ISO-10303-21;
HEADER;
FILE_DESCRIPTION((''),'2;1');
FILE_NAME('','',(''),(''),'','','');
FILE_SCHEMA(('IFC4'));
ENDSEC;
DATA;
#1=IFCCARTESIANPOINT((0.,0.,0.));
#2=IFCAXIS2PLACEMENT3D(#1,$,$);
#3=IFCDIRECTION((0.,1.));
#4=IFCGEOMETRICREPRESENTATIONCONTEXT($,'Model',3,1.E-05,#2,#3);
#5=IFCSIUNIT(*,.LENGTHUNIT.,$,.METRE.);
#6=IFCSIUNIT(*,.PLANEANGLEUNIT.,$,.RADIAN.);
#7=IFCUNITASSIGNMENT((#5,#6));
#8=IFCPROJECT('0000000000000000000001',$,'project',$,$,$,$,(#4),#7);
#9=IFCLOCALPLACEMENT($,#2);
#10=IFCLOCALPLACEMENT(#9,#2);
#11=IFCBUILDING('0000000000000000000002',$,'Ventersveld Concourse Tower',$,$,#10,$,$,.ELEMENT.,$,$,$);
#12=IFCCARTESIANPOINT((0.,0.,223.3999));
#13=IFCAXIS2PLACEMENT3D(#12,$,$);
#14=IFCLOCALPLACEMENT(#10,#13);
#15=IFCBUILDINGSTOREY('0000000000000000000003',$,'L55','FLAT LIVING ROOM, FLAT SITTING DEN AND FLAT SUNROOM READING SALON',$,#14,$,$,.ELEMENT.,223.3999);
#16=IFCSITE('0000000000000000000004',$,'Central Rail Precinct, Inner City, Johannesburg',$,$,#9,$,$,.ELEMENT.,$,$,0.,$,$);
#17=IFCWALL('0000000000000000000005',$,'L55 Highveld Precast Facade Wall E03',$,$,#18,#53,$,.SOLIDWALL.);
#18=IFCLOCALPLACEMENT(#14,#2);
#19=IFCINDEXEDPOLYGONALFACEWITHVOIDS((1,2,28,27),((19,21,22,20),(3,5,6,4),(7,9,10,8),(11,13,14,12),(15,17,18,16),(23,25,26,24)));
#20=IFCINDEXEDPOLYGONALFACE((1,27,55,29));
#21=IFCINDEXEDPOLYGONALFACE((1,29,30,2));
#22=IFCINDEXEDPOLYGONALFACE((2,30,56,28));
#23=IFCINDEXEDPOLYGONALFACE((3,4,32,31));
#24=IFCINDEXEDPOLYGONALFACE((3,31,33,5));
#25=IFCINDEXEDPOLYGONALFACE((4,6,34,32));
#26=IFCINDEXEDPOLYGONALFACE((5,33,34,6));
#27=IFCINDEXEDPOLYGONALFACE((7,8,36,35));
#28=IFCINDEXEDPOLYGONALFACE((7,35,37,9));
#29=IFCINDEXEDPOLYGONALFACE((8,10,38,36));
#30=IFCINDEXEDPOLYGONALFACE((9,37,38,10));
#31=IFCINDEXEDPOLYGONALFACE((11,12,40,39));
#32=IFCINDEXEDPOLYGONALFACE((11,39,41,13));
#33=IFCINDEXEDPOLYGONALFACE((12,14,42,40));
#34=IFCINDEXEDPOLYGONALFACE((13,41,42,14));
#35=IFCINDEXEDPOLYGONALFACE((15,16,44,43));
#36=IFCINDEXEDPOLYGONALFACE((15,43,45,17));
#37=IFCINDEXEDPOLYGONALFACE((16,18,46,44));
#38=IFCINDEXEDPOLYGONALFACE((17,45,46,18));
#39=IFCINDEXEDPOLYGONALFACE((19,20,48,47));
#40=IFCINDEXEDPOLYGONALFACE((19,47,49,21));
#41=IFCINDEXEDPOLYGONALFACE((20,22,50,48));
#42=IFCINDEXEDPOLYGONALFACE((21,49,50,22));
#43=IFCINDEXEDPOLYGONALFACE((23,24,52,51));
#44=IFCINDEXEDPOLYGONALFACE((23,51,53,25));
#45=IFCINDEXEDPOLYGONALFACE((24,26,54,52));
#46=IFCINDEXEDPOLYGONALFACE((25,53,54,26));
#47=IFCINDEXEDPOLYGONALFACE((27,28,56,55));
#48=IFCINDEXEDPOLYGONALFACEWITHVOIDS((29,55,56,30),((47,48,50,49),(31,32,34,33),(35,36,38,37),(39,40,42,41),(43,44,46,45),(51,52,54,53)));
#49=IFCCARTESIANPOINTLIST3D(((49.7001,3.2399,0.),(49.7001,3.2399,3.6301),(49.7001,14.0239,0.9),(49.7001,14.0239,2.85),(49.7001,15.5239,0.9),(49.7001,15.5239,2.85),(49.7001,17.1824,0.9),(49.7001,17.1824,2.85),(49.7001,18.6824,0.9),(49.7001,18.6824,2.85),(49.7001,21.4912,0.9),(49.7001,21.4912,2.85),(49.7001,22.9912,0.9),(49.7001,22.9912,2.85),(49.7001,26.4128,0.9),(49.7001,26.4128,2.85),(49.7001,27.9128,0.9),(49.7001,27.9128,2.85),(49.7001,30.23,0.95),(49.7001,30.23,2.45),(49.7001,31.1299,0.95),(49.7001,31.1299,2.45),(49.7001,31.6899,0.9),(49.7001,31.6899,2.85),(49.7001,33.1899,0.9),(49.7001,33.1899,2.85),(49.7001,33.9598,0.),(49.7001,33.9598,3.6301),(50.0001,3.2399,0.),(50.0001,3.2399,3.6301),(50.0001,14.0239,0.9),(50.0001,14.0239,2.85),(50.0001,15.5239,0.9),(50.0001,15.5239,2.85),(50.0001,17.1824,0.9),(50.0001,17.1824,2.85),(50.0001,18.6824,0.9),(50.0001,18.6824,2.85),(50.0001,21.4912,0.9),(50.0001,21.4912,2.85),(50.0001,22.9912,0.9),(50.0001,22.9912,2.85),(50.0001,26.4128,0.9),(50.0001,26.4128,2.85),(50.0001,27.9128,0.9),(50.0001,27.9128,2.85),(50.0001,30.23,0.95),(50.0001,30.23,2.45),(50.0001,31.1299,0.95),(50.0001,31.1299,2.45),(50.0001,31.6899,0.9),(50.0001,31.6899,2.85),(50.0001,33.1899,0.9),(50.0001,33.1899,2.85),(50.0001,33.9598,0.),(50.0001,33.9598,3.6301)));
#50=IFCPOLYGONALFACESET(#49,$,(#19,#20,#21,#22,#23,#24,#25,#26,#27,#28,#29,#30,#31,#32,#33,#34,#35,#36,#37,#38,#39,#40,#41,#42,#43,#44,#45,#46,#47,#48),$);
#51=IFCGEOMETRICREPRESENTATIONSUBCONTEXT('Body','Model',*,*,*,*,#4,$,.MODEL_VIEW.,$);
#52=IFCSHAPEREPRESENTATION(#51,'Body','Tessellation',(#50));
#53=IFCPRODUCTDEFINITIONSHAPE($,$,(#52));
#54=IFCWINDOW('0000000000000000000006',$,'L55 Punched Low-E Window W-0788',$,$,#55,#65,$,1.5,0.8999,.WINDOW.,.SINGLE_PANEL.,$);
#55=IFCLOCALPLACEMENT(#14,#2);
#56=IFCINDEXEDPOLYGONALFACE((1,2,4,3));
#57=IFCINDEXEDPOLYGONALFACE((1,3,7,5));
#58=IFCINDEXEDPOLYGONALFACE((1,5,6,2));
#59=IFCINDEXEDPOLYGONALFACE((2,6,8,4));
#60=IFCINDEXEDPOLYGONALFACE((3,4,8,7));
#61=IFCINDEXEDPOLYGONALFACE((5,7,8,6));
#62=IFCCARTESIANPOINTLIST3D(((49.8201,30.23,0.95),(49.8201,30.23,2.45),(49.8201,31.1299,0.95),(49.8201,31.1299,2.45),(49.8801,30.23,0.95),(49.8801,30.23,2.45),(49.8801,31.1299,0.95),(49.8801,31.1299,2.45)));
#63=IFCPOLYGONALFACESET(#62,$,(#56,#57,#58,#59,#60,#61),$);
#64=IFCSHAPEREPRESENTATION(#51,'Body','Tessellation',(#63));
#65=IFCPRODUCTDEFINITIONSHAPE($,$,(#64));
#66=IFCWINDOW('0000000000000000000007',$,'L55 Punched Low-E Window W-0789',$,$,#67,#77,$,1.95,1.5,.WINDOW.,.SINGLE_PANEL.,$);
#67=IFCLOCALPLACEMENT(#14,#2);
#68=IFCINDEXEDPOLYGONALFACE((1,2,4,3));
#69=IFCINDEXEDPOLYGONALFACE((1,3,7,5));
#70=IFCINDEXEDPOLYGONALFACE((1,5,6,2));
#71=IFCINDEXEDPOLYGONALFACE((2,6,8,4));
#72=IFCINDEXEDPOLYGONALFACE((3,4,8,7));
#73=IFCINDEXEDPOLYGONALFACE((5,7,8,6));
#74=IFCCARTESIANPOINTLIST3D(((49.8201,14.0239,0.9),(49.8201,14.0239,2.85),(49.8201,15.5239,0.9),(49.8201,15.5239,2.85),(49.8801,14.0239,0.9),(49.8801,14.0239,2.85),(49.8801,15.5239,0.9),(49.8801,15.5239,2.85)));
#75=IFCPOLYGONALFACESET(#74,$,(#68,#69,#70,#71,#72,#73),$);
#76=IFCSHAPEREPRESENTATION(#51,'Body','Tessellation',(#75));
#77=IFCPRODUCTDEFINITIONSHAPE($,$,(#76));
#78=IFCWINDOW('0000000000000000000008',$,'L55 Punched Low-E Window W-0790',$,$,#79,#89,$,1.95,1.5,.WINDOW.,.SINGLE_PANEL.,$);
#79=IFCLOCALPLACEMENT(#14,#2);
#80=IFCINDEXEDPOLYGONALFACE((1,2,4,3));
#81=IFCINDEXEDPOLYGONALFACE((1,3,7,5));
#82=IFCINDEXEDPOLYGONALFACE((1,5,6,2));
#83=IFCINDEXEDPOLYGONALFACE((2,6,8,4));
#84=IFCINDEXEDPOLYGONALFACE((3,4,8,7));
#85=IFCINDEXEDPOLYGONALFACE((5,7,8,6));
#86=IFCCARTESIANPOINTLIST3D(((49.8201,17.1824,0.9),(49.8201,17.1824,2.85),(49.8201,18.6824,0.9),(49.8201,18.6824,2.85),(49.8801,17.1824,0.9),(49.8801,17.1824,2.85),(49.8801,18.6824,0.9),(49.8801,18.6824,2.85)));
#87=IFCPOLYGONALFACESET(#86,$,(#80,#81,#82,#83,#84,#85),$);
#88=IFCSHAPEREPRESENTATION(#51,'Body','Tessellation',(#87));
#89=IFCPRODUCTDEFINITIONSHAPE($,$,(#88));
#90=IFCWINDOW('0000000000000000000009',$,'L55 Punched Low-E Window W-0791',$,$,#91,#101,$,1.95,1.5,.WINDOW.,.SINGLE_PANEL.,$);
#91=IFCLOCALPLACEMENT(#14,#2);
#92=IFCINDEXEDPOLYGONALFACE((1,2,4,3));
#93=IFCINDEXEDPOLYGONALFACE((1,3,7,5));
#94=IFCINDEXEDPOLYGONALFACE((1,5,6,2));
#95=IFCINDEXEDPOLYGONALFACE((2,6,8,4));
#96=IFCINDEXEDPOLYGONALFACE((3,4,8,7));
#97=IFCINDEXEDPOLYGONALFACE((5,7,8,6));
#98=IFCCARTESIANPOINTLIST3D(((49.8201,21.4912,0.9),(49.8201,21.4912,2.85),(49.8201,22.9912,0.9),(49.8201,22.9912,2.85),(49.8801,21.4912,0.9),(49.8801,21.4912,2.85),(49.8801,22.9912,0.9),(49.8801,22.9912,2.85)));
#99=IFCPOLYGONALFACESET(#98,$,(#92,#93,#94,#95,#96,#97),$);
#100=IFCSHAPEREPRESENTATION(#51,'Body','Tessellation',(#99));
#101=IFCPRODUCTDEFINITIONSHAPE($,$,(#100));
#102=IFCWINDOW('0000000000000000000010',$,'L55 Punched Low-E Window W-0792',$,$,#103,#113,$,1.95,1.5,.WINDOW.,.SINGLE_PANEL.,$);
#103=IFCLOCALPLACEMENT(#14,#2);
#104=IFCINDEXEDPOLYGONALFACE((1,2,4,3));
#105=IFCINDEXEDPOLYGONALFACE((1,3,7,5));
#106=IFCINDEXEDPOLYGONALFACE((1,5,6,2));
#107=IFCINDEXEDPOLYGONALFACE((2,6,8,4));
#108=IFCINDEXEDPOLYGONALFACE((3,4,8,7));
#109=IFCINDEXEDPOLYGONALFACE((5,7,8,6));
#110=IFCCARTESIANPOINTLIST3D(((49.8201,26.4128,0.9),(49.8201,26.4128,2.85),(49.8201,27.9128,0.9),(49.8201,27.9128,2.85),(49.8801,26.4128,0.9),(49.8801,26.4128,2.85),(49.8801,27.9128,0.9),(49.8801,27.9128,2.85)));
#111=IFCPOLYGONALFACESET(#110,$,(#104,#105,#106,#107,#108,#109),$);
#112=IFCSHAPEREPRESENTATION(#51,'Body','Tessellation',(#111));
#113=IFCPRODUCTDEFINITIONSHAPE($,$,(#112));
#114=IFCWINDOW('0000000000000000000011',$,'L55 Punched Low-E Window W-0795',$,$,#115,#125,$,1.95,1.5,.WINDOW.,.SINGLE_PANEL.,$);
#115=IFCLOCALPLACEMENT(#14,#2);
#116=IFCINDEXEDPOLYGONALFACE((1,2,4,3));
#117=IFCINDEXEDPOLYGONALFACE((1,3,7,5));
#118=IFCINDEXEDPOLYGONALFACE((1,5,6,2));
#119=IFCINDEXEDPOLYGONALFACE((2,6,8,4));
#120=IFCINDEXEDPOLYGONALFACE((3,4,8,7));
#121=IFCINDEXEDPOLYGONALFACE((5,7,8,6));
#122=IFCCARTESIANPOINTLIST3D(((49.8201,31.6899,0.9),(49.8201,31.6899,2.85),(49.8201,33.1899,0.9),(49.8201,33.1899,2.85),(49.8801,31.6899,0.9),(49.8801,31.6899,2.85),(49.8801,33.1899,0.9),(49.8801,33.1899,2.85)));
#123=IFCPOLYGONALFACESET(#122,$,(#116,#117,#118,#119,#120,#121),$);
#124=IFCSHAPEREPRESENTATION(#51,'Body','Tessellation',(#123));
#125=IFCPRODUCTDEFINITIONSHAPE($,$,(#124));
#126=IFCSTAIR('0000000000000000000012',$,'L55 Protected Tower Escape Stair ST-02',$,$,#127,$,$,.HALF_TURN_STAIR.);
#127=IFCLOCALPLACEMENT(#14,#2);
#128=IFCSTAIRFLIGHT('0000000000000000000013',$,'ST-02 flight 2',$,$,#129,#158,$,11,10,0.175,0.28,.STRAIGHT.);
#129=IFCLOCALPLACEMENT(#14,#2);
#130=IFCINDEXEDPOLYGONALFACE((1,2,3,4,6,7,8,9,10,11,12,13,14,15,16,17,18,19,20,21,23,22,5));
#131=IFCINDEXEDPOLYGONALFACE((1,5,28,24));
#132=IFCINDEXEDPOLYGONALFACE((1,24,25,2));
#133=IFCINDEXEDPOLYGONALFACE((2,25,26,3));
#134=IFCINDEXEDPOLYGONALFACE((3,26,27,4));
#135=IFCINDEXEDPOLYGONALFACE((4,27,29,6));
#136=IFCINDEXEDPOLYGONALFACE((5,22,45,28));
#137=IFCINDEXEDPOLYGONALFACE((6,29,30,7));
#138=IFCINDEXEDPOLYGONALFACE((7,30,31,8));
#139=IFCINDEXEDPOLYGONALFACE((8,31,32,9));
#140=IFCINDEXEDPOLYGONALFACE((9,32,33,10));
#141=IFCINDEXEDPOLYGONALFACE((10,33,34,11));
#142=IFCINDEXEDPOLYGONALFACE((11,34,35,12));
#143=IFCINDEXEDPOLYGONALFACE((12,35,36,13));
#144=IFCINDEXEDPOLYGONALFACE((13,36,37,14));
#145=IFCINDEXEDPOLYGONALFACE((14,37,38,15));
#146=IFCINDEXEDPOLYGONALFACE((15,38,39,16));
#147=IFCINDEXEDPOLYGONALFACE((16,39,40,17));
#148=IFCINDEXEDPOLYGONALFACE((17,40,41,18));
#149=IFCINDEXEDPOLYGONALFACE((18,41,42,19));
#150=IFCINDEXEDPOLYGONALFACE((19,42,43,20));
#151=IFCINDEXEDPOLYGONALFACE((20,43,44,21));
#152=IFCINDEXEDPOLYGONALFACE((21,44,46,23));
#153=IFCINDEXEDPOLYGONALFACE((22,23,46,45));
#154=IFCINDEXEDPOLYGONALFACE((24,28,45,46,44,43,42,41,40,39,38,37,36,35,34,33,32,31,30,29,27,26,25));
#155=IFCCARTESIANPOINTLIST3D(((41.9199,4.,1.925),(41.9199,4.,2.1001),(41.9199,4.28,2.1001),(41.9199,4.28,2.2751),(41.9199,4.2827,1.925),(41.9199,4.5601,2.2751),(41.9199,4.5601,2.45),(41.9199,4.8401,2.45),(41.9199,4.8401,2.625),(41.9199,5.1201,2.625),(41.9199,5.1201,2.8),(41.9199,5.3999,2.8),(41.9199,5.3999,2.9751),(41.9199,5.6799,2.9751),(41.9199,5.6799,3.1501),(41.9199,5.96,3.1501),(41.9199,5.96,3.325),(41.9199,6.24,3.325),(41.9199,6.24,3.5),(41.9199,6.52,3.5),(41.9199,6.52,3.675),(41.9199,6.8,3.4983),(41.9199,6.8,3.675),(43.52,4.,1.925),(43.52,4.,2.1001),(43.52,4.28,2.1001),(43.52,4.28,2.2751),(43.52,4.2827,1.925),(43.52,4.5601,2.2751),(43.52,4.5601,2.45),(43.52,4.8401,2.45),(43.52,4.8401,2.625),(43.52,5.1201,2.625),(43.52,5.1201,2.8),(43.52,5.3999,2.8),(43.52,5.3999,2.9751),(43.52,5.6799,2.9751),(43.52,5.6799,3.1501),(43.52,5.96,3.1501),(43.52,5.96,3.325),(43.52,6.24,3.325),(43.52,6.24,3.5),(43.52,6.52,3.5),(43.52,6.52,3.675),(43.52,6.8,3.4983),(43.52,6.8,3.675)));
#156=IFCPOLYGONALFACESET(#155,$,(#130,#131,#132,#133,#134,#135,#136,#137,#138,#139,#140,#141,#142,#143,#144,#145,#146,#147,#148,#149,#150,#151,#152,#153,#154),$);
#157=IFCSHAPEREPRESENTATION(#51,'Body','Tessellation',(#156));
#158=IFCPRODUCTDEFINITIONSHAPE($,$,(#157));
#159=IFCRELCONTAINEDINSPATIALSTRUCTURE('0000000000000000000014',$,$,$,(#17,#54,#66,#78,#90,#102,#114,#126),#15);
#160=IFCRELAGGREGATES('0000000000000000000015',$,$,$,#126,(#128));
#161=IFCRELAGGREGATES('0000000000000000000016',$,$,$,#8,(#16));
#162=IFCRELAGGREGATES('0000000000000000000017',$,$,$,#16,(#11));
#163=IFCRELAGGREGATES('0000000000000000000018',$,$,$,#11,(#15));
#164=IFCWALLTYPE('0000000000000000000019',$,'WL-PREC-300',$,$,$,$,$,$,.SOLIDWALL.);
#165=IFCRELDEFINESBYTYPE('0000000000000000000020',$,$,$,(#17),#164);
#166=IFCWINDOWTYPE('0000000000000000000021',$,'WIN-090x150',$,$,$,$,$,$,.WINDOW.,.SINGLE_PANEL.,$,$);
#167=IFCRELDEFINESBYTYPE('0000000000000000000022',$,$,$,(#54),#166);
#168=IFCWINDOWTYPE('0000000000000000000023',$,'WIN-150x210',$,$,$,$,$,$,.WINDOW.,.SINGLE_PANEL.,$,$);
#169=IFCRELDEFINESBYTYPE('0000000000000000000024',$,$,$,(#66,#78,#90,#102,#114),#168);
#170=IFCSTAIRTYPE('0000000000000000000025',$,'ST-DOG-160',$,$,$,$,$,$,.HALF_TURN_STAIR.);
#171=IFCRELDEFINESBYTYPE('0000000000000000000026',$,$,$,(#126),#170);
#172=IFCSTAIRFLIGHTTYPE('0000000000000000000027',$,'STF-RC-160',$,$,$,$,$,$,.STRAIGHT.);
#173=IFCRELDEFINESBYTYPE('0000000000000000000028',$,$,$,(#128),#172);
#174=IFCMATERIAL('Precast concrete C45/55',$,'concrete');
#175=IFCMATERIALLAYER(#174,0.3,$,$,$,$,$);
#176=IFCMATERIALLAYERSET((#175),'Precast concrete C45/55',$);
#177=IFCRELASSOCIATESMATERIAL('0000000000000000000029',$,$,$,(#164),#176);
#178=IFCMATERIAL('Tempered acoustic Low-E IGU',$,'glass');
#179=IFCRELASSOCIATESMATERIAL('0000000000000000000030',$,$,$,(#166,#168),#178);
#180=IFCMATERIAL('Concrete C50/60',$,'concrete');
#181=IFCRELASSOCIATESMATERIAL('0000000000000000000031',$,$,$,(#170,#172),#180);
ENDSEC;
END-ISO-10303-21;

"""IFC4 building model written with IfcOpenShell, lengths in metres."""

from ifc_helpers import new_model, si_unit, direction, frame, frame_2d, origin, place, context, subcontext, project, spatial, polyline, rectangle, outline, extrude, material, layer, layer_set, type_object, element, fill, aggregate, save


model = new_model("IFC4")

# Units and contexts
model_context = context("Model", 3, precision=1e-05, world=origin(), true_north=direction((0.0, 1.0)))
body_context = subcontext(model_context, "Body", "Model", "MODEL_VIEW")
ifc_project = project(units=[si_unit("LENGTHUNIT", "METRE"), si_unit("PLANEANGLEUNIT", "RADIAN")], contexts=[model_context])

# Site, building, storey
site_placement = place(None, origin())
site = spatial("IfcSite", under=ifc_project, at=site_placement, Name="Central Rail Precinct, Inner City, Johannesburg", CompositionType="ELEMENT", RefElevation=0.0)
building_placement = place(site_placement, origin())
building = spatial("IfcBuilding", under=site, at=building_placement, Name="Ventersveld Concourse Tower", CompositionType="ELEMENT")
storey_placement = place(building_placement, frame((0.0, 0.0, 223.3999)))
storey = spatial("IfcBuildingStorey", under=building, at=storey_placement, Name="L55", Description="FLAT LIVING ROOM, FLAT SITTING DEN AND FLAT SUNROOM READING SALON", CompositionType="ELEMENT", Elevation=223.3999)

# Shared definitions
ifc_material_1 = material(Name="Concrete C50/60", Category="concrete")

# Shared definitions
ifc_material_2 = material(Name="Precast concrete C45/55", Category="concrete")
ifc_layer_1 = layer(ifc_material_2, 0.3)
ifc_layer_set_1 = layer_set([ifc_layer_1], Name="Precast concrete C45/55")
wall_type_1 = type_object("IfcWallType", Name="WL-PREC-300", PredefinedType="SOLIDWALL", material=ifc_layer_set_1)

# Wall, openings, windows
wall_1_placement = place(storey_placement, frame((49.8501, 3.24, 0.0), z_axis=(0.0, 0.0, 1.0), x_axis=(0.0, 1.0, 0.0)))
wall_1 = element("IfcWall", 1, at=wall_1_placement, inside=storey, type_object=wall_type_1, Name="L55 Highveld Precast Facade Wall E03", PredefinedType="SOLIDWALL", context=body_context, shape_type="SweptSolid", body=[
    extrude(rectangle(XDim=30.72, YDim=0.3, at=frame_2d((15.3599, 0.0))), origin(), (0.0, 0.0, 1.0), 3.6301),
])
opening_1_placement = place(wall_1_placement, frame((26.99, 0.0, 0.95)))
opening_1 = element("IfcOpeningElement", 2, at=opening_1_placement, cuts=wall_1, PredefinedType="OPENING", context=body_context, shape_type="SweptSolid", body=[
    extrude(rectangle(XDim=0.8999, YDim=1.5, at=frame_2d((0.45, 0.75))), frame((0.0, 0.1602, 0.0), z_axis=(0.0, -1.0, 0.0), x_axis=(1.0, 0.0, 0.0)), (0.0, 0.0, 1.0), 0.3201),
])
opening_2_placement = place(wall_1_placement, frame((10.7839, 0.0, 0.8999)))
opening_2 = element("IfcOpeningElement", 3, at=opening_2_placement, cuts=wall_1, PredefinedType="OPENING", context=body_context, shape_type="SweptSolid", body=[
    extrude(rectangle(XDim=1.5, YDim=1.95, at=frame_2d((0.75, 0.9751))), frame((0.0, 0.1602, 0.0), z_axis=(0.0, -1.0, 0.0), x_axis=(1.0, 0.0, 0.0)), (0.0, 0.0, 1.0), 0.3201),
])
opening_3_placement = place(wall_1_placement, frame((13.9424, 0.0, 0.8999)))
opening_3 = element("IfcOpeningElement", 4, at=opening_3_placement, cuts=wall_1, PredefinedType="OPENING", context=body_context, shape_type="SweptSolid", body=[
    extrude(rectangle(XDim=1.5, YDim=1.95, at=frame_2d((0.75, 0.9751))), frame((0.0, 0.1602, 0.0), z_axis=(0.0, -1.0, 0.0), x_axis=(1.0, 0.0, 0.0)), (0.0, 0.0, 1.0), 0.3201),
])
opening_4_placement = place(wall_1_placement, frame((18.2512, 0.0, 0.8999)))
opening_4 = element("IfcOpeningElement", 5, at=opening_4_placement, cuts=wall_1, PredefinedType="OPENING", context=body_context, shape_type="SweptSolid", body=[
    extrude(rectangle(XDim=1.5, YDim=1.95, at=frame_2d((0.75, 0.9751))), frame((0.0, 0.1602, 0.0), z_axis=(0.0, -1.0, 0.0), x_axis=(1.0, 0.0, 0.0)), (0.0, 0.0, 1.0), 0.3201),
])
opening_5_placement = place(wall_1_placement, frame((23.1729, 0.0, 0.8999)))
opening_5 = element("IfcOpeningElement", 6, at=opening_5_placement, cuts=wall_1, PredefinedType="OPENING", context=body_context, shape_type="SweptSolid", body=[
    extrude(rectangle(XDim=1.5, YDim=1.95, at=frame_2d((0.75, 0.9751))), frame((0.0, 0.1602, 0.0), z_axis=(0.0, -1.0, 0.0), x_axis=(1.0, 0.0, 0.0)), (0.0, 0.0, 1.0), 0.3201),
])
opening_6_placement = place(wall_1_placement, frame((28.45, 0.0, 0.8999)))
opening_6 = element("IfcOpeningElement", 7, at=opening_6_placement, cuts=wall_1, PredefinedType="OPENING", context=body_context, shape_type="SweptSolid", body=[
    extrude(rectangle(XDim=1.5, YDim=1.95, at=frame_2d((0.75, 0.9751))), frame((0.0, 0.1602, 0.0), z_axis=(0.0, -1.0, 0.0), x_axis=(1.0, 0.0, 0.0)), (0.0, 0.0, 1.0), 0.3201),
])
ifc_material_3 = material(Name="Tempered acoustic Low-E IGU", Category="glass")
window_type_1 = type_object("IfcWindowType", Name="WIN-090x150", PartitioningType="SINGLE_PANEL", PredefinedType="WINDOW", material=ifc_material_3)
window_1_placement = place(opening_1_placement, origin())
window_1 = element("IfcWindow", 8, at=window_1_placement, inside=storey, type_object=window_type_1, Name="L55 Punched Low-E Window W-0788", OverallHeight=1.5, OverallWidth=0.8999, PartitioningType="SINGLE_PANEL", PredefinedType="WINDOW", context=body_context, shape_type="SweptSolid", body=[
    extrude(rectangle(XDim=0.8999, YDim=1.5, at=frame_2d((0.45, 0.75))), frame((0.0, 0.03, 0.0), z_axis=(0.0, -1.0, 0.0), x_axis=(1.0, 0.0, 0.0)), (0.0, 0.0, 1.0), 0.0601),
])
fill(opening_1, window_1)
window_type_2 = type_object("IfcWindowType", Name="WIN-150x210", PartitioningType="SINGLE_PANEL", PredefinedType="WINDOW", material=ifc_material_3)
window_2_placement = place(opening_2_placement, origin())
window_2 = element("IfcWindow", 9, at=window_2_placement, inside=storey, type_object=window_type_2, Name="L55 Punched Low-E Window W-0789", OverallHeight=1.95, OverallWidth=1.5, PartitioningType="SINGLE_PANEL", PredefinedType="WINDOW", context=body_context, shape_type="SweptSolid", body=[
    extrude(rectangle(XDim=1.5, YDim=1.95, at=frame_2d((0.75, 0.9751))), frame((0.0, 0.03, 0.0), z_axis=(0.0, -1.0, 0.0), x_axis=(1.0, 0.0, 0.0)), (0.0, 0.0, 1.0), 0.0601),
])
fill(opening_2, window_2)
window_3_placement = place(opening_3_placement, origin())
window_3 = element("IfcWindow", 10, at=window_3_placement, inside=storey, type_object=window_type_2, Name="L55 Punched Low-E Window W-0790", OverallHeight=1.95, OverallWidth=1.5, PartitioningType="SINGLE_PANEL", PredefinedType="WINDOW", context=body_context, shape_type="SweptSolid", body=[
    extrude(rectangle(XDim=1.5, YDim=1.95, at=frame_2d((0.75, 0.9751))), frame((0.0, 0.03, 0.0), z_axis=(0.0, -1.0, 0.0), x_axis=(1.0, 0.0, 0.0)), (0.0, 0.0, 1.0), 0.0601),
])
fill(opening_3, window_3)
window_4_placement = place(opening_4_placement, origin())
window_4 = element("IfcWindow", 11, at=window_4_placement, inside=storey, type_object=window_type_2, Name="L55 Punched Low-E Window W-0791", OverallHeight=1.95, OverallWidth=1.5, PartitioningType="SINGLE_PANEL", PredefinedType="WINDOW", context=body_context, shape_type="SweptSolid", body=[
    extrude(rectangle(XDim=1.5, YDim=1.95, at=frame_2d((0.75, 0.9751))), frame((0.0, 0.03, 0.0), z_axis=(0.0, -1.0, 0.0), x_axis=(1.0, 0.0, 0.0)), (0.0, 0.0, 1.0), 0.0601),
])
fill(opening_4, window_4)
window_5_placement = place(opening_5_placement, origin())
window_5 = element("IfcWindow", 12, at=window_5_placement, inside=storey, type_object=window_type_2, Name="L55 Punched Low-E Window W-0792", OverallHeight=1.95, OverallWidth=1.5, PartitioningType="SINGLE_PANEL", PredefinedType="WINDOW", context=body_context, shape_type="SweptSolid", body=[
    extrude(rectangle(XDim=1.5, YDim=1.95, at=frame_2d((0.75, 0.9751))), frame((0.0, 0.03, 0.0), z_axis=(0.0, -1.0, 0.0), x_axis=(1.0, 0.0, 0.0)), (0.0, 0.0, 1.0), 0.0601),
])
fill(opening_5, window_5)
window_6_placement = place(opening_6_placement, origin())
window_6 = element("IfcWindow", 13, at=window_6_placement, inside=storey, type_object=window_type_2, Name="L55 Punched Low-E Window W-0795", OverallHeight=1.95, OverallWidth=1.5, PartitioningType="SINGLE_PANEL", PredefinedType="WINDOW", context=body_context, shape_type="SweptSolid", body=[
    extrude(rectangle(XDim=1.5, YDim=1.95, at=frame_2d((0.75, 0.9751))), frame((0.0, 0.03, 0.0), z_axis=(0.0, -1.0, 0.0), x_axis=(1.0, 0.0, 0.0)), (0.0, 0.0, 1.0), 0.0601),
])
fill(opening_6, window_6)

# Stair, stair flight
stair_type = type_object("IfcStairType", Name="ST-DOG-160", PredefinedType="HALF_TURN_STAIR", material=ifc_material_1)
stair_placement = place(storey_placement, origin())
stair = element("IfcStair", 14, at=stair_placement, inside=storey, type_object=stair_type, Name="L55 Protected Tower Escape Stair ST-02", PredefinedType="HALF_TURN_STAIR")
stair_flight_type = type_object("IfcStairFlightType", Name="STF-RC-160", PredefinedType="STRAIGHT", material=ifc_material_1)
stair_flight_placement = place(storey_placement, frame((42.72, 4.0, 1.925), z_axis=(0.0, 0.0, 1.0), x_axis=(0.0, 1.0, 0.0)))
stair_flight = element("IfcStairFlight", 15, at=stair_flight_placement, type_object=stair_flight_type, Name="ST-02 flight 2", NumberOfRisers=11, NumberOfTreads=10, PredefinedType="STRAIGHT", RiserHeight=0.175, TreadLength=0.28, context=body_context, shape_type="SweptSolid", body=[
    extrude(outline(polyline([(0.0, 0.0), (0.0, 0.175), (0.28, 0.175), (0.28, 0.3501), (0.5601, 0.3501), (0.5601, 0.5249), (0.8401, 0.5249), (0.8401, 0.7), (1.1201, 0.7), (1.1201, 0.875), (1.3999, 0.875), (1.3999, 1.05), (1.6799, 1.05), (1.6799, 1.2251), (1.96, 1.2251), (1.96, 1.3999), (2.24, 1.3999), (2.24, 1.575), (2.52, 1.575), (2.52, 1.75), (2.8, 1.75), (2.8, 1.925), (2.8, 1.5732), (0.2827, 0.0), (0.0, 0.0)])), frame((0.0, 0.8, 0.0), z_axis=(0.0, -1.0, 0.0), x_axis=(1.0, 0.0, 0.0)), (0.0, 0.0, 1.0), 1.6001),
])
aggregate(stair, [stair_flight])

save(model, "model.ifc")
